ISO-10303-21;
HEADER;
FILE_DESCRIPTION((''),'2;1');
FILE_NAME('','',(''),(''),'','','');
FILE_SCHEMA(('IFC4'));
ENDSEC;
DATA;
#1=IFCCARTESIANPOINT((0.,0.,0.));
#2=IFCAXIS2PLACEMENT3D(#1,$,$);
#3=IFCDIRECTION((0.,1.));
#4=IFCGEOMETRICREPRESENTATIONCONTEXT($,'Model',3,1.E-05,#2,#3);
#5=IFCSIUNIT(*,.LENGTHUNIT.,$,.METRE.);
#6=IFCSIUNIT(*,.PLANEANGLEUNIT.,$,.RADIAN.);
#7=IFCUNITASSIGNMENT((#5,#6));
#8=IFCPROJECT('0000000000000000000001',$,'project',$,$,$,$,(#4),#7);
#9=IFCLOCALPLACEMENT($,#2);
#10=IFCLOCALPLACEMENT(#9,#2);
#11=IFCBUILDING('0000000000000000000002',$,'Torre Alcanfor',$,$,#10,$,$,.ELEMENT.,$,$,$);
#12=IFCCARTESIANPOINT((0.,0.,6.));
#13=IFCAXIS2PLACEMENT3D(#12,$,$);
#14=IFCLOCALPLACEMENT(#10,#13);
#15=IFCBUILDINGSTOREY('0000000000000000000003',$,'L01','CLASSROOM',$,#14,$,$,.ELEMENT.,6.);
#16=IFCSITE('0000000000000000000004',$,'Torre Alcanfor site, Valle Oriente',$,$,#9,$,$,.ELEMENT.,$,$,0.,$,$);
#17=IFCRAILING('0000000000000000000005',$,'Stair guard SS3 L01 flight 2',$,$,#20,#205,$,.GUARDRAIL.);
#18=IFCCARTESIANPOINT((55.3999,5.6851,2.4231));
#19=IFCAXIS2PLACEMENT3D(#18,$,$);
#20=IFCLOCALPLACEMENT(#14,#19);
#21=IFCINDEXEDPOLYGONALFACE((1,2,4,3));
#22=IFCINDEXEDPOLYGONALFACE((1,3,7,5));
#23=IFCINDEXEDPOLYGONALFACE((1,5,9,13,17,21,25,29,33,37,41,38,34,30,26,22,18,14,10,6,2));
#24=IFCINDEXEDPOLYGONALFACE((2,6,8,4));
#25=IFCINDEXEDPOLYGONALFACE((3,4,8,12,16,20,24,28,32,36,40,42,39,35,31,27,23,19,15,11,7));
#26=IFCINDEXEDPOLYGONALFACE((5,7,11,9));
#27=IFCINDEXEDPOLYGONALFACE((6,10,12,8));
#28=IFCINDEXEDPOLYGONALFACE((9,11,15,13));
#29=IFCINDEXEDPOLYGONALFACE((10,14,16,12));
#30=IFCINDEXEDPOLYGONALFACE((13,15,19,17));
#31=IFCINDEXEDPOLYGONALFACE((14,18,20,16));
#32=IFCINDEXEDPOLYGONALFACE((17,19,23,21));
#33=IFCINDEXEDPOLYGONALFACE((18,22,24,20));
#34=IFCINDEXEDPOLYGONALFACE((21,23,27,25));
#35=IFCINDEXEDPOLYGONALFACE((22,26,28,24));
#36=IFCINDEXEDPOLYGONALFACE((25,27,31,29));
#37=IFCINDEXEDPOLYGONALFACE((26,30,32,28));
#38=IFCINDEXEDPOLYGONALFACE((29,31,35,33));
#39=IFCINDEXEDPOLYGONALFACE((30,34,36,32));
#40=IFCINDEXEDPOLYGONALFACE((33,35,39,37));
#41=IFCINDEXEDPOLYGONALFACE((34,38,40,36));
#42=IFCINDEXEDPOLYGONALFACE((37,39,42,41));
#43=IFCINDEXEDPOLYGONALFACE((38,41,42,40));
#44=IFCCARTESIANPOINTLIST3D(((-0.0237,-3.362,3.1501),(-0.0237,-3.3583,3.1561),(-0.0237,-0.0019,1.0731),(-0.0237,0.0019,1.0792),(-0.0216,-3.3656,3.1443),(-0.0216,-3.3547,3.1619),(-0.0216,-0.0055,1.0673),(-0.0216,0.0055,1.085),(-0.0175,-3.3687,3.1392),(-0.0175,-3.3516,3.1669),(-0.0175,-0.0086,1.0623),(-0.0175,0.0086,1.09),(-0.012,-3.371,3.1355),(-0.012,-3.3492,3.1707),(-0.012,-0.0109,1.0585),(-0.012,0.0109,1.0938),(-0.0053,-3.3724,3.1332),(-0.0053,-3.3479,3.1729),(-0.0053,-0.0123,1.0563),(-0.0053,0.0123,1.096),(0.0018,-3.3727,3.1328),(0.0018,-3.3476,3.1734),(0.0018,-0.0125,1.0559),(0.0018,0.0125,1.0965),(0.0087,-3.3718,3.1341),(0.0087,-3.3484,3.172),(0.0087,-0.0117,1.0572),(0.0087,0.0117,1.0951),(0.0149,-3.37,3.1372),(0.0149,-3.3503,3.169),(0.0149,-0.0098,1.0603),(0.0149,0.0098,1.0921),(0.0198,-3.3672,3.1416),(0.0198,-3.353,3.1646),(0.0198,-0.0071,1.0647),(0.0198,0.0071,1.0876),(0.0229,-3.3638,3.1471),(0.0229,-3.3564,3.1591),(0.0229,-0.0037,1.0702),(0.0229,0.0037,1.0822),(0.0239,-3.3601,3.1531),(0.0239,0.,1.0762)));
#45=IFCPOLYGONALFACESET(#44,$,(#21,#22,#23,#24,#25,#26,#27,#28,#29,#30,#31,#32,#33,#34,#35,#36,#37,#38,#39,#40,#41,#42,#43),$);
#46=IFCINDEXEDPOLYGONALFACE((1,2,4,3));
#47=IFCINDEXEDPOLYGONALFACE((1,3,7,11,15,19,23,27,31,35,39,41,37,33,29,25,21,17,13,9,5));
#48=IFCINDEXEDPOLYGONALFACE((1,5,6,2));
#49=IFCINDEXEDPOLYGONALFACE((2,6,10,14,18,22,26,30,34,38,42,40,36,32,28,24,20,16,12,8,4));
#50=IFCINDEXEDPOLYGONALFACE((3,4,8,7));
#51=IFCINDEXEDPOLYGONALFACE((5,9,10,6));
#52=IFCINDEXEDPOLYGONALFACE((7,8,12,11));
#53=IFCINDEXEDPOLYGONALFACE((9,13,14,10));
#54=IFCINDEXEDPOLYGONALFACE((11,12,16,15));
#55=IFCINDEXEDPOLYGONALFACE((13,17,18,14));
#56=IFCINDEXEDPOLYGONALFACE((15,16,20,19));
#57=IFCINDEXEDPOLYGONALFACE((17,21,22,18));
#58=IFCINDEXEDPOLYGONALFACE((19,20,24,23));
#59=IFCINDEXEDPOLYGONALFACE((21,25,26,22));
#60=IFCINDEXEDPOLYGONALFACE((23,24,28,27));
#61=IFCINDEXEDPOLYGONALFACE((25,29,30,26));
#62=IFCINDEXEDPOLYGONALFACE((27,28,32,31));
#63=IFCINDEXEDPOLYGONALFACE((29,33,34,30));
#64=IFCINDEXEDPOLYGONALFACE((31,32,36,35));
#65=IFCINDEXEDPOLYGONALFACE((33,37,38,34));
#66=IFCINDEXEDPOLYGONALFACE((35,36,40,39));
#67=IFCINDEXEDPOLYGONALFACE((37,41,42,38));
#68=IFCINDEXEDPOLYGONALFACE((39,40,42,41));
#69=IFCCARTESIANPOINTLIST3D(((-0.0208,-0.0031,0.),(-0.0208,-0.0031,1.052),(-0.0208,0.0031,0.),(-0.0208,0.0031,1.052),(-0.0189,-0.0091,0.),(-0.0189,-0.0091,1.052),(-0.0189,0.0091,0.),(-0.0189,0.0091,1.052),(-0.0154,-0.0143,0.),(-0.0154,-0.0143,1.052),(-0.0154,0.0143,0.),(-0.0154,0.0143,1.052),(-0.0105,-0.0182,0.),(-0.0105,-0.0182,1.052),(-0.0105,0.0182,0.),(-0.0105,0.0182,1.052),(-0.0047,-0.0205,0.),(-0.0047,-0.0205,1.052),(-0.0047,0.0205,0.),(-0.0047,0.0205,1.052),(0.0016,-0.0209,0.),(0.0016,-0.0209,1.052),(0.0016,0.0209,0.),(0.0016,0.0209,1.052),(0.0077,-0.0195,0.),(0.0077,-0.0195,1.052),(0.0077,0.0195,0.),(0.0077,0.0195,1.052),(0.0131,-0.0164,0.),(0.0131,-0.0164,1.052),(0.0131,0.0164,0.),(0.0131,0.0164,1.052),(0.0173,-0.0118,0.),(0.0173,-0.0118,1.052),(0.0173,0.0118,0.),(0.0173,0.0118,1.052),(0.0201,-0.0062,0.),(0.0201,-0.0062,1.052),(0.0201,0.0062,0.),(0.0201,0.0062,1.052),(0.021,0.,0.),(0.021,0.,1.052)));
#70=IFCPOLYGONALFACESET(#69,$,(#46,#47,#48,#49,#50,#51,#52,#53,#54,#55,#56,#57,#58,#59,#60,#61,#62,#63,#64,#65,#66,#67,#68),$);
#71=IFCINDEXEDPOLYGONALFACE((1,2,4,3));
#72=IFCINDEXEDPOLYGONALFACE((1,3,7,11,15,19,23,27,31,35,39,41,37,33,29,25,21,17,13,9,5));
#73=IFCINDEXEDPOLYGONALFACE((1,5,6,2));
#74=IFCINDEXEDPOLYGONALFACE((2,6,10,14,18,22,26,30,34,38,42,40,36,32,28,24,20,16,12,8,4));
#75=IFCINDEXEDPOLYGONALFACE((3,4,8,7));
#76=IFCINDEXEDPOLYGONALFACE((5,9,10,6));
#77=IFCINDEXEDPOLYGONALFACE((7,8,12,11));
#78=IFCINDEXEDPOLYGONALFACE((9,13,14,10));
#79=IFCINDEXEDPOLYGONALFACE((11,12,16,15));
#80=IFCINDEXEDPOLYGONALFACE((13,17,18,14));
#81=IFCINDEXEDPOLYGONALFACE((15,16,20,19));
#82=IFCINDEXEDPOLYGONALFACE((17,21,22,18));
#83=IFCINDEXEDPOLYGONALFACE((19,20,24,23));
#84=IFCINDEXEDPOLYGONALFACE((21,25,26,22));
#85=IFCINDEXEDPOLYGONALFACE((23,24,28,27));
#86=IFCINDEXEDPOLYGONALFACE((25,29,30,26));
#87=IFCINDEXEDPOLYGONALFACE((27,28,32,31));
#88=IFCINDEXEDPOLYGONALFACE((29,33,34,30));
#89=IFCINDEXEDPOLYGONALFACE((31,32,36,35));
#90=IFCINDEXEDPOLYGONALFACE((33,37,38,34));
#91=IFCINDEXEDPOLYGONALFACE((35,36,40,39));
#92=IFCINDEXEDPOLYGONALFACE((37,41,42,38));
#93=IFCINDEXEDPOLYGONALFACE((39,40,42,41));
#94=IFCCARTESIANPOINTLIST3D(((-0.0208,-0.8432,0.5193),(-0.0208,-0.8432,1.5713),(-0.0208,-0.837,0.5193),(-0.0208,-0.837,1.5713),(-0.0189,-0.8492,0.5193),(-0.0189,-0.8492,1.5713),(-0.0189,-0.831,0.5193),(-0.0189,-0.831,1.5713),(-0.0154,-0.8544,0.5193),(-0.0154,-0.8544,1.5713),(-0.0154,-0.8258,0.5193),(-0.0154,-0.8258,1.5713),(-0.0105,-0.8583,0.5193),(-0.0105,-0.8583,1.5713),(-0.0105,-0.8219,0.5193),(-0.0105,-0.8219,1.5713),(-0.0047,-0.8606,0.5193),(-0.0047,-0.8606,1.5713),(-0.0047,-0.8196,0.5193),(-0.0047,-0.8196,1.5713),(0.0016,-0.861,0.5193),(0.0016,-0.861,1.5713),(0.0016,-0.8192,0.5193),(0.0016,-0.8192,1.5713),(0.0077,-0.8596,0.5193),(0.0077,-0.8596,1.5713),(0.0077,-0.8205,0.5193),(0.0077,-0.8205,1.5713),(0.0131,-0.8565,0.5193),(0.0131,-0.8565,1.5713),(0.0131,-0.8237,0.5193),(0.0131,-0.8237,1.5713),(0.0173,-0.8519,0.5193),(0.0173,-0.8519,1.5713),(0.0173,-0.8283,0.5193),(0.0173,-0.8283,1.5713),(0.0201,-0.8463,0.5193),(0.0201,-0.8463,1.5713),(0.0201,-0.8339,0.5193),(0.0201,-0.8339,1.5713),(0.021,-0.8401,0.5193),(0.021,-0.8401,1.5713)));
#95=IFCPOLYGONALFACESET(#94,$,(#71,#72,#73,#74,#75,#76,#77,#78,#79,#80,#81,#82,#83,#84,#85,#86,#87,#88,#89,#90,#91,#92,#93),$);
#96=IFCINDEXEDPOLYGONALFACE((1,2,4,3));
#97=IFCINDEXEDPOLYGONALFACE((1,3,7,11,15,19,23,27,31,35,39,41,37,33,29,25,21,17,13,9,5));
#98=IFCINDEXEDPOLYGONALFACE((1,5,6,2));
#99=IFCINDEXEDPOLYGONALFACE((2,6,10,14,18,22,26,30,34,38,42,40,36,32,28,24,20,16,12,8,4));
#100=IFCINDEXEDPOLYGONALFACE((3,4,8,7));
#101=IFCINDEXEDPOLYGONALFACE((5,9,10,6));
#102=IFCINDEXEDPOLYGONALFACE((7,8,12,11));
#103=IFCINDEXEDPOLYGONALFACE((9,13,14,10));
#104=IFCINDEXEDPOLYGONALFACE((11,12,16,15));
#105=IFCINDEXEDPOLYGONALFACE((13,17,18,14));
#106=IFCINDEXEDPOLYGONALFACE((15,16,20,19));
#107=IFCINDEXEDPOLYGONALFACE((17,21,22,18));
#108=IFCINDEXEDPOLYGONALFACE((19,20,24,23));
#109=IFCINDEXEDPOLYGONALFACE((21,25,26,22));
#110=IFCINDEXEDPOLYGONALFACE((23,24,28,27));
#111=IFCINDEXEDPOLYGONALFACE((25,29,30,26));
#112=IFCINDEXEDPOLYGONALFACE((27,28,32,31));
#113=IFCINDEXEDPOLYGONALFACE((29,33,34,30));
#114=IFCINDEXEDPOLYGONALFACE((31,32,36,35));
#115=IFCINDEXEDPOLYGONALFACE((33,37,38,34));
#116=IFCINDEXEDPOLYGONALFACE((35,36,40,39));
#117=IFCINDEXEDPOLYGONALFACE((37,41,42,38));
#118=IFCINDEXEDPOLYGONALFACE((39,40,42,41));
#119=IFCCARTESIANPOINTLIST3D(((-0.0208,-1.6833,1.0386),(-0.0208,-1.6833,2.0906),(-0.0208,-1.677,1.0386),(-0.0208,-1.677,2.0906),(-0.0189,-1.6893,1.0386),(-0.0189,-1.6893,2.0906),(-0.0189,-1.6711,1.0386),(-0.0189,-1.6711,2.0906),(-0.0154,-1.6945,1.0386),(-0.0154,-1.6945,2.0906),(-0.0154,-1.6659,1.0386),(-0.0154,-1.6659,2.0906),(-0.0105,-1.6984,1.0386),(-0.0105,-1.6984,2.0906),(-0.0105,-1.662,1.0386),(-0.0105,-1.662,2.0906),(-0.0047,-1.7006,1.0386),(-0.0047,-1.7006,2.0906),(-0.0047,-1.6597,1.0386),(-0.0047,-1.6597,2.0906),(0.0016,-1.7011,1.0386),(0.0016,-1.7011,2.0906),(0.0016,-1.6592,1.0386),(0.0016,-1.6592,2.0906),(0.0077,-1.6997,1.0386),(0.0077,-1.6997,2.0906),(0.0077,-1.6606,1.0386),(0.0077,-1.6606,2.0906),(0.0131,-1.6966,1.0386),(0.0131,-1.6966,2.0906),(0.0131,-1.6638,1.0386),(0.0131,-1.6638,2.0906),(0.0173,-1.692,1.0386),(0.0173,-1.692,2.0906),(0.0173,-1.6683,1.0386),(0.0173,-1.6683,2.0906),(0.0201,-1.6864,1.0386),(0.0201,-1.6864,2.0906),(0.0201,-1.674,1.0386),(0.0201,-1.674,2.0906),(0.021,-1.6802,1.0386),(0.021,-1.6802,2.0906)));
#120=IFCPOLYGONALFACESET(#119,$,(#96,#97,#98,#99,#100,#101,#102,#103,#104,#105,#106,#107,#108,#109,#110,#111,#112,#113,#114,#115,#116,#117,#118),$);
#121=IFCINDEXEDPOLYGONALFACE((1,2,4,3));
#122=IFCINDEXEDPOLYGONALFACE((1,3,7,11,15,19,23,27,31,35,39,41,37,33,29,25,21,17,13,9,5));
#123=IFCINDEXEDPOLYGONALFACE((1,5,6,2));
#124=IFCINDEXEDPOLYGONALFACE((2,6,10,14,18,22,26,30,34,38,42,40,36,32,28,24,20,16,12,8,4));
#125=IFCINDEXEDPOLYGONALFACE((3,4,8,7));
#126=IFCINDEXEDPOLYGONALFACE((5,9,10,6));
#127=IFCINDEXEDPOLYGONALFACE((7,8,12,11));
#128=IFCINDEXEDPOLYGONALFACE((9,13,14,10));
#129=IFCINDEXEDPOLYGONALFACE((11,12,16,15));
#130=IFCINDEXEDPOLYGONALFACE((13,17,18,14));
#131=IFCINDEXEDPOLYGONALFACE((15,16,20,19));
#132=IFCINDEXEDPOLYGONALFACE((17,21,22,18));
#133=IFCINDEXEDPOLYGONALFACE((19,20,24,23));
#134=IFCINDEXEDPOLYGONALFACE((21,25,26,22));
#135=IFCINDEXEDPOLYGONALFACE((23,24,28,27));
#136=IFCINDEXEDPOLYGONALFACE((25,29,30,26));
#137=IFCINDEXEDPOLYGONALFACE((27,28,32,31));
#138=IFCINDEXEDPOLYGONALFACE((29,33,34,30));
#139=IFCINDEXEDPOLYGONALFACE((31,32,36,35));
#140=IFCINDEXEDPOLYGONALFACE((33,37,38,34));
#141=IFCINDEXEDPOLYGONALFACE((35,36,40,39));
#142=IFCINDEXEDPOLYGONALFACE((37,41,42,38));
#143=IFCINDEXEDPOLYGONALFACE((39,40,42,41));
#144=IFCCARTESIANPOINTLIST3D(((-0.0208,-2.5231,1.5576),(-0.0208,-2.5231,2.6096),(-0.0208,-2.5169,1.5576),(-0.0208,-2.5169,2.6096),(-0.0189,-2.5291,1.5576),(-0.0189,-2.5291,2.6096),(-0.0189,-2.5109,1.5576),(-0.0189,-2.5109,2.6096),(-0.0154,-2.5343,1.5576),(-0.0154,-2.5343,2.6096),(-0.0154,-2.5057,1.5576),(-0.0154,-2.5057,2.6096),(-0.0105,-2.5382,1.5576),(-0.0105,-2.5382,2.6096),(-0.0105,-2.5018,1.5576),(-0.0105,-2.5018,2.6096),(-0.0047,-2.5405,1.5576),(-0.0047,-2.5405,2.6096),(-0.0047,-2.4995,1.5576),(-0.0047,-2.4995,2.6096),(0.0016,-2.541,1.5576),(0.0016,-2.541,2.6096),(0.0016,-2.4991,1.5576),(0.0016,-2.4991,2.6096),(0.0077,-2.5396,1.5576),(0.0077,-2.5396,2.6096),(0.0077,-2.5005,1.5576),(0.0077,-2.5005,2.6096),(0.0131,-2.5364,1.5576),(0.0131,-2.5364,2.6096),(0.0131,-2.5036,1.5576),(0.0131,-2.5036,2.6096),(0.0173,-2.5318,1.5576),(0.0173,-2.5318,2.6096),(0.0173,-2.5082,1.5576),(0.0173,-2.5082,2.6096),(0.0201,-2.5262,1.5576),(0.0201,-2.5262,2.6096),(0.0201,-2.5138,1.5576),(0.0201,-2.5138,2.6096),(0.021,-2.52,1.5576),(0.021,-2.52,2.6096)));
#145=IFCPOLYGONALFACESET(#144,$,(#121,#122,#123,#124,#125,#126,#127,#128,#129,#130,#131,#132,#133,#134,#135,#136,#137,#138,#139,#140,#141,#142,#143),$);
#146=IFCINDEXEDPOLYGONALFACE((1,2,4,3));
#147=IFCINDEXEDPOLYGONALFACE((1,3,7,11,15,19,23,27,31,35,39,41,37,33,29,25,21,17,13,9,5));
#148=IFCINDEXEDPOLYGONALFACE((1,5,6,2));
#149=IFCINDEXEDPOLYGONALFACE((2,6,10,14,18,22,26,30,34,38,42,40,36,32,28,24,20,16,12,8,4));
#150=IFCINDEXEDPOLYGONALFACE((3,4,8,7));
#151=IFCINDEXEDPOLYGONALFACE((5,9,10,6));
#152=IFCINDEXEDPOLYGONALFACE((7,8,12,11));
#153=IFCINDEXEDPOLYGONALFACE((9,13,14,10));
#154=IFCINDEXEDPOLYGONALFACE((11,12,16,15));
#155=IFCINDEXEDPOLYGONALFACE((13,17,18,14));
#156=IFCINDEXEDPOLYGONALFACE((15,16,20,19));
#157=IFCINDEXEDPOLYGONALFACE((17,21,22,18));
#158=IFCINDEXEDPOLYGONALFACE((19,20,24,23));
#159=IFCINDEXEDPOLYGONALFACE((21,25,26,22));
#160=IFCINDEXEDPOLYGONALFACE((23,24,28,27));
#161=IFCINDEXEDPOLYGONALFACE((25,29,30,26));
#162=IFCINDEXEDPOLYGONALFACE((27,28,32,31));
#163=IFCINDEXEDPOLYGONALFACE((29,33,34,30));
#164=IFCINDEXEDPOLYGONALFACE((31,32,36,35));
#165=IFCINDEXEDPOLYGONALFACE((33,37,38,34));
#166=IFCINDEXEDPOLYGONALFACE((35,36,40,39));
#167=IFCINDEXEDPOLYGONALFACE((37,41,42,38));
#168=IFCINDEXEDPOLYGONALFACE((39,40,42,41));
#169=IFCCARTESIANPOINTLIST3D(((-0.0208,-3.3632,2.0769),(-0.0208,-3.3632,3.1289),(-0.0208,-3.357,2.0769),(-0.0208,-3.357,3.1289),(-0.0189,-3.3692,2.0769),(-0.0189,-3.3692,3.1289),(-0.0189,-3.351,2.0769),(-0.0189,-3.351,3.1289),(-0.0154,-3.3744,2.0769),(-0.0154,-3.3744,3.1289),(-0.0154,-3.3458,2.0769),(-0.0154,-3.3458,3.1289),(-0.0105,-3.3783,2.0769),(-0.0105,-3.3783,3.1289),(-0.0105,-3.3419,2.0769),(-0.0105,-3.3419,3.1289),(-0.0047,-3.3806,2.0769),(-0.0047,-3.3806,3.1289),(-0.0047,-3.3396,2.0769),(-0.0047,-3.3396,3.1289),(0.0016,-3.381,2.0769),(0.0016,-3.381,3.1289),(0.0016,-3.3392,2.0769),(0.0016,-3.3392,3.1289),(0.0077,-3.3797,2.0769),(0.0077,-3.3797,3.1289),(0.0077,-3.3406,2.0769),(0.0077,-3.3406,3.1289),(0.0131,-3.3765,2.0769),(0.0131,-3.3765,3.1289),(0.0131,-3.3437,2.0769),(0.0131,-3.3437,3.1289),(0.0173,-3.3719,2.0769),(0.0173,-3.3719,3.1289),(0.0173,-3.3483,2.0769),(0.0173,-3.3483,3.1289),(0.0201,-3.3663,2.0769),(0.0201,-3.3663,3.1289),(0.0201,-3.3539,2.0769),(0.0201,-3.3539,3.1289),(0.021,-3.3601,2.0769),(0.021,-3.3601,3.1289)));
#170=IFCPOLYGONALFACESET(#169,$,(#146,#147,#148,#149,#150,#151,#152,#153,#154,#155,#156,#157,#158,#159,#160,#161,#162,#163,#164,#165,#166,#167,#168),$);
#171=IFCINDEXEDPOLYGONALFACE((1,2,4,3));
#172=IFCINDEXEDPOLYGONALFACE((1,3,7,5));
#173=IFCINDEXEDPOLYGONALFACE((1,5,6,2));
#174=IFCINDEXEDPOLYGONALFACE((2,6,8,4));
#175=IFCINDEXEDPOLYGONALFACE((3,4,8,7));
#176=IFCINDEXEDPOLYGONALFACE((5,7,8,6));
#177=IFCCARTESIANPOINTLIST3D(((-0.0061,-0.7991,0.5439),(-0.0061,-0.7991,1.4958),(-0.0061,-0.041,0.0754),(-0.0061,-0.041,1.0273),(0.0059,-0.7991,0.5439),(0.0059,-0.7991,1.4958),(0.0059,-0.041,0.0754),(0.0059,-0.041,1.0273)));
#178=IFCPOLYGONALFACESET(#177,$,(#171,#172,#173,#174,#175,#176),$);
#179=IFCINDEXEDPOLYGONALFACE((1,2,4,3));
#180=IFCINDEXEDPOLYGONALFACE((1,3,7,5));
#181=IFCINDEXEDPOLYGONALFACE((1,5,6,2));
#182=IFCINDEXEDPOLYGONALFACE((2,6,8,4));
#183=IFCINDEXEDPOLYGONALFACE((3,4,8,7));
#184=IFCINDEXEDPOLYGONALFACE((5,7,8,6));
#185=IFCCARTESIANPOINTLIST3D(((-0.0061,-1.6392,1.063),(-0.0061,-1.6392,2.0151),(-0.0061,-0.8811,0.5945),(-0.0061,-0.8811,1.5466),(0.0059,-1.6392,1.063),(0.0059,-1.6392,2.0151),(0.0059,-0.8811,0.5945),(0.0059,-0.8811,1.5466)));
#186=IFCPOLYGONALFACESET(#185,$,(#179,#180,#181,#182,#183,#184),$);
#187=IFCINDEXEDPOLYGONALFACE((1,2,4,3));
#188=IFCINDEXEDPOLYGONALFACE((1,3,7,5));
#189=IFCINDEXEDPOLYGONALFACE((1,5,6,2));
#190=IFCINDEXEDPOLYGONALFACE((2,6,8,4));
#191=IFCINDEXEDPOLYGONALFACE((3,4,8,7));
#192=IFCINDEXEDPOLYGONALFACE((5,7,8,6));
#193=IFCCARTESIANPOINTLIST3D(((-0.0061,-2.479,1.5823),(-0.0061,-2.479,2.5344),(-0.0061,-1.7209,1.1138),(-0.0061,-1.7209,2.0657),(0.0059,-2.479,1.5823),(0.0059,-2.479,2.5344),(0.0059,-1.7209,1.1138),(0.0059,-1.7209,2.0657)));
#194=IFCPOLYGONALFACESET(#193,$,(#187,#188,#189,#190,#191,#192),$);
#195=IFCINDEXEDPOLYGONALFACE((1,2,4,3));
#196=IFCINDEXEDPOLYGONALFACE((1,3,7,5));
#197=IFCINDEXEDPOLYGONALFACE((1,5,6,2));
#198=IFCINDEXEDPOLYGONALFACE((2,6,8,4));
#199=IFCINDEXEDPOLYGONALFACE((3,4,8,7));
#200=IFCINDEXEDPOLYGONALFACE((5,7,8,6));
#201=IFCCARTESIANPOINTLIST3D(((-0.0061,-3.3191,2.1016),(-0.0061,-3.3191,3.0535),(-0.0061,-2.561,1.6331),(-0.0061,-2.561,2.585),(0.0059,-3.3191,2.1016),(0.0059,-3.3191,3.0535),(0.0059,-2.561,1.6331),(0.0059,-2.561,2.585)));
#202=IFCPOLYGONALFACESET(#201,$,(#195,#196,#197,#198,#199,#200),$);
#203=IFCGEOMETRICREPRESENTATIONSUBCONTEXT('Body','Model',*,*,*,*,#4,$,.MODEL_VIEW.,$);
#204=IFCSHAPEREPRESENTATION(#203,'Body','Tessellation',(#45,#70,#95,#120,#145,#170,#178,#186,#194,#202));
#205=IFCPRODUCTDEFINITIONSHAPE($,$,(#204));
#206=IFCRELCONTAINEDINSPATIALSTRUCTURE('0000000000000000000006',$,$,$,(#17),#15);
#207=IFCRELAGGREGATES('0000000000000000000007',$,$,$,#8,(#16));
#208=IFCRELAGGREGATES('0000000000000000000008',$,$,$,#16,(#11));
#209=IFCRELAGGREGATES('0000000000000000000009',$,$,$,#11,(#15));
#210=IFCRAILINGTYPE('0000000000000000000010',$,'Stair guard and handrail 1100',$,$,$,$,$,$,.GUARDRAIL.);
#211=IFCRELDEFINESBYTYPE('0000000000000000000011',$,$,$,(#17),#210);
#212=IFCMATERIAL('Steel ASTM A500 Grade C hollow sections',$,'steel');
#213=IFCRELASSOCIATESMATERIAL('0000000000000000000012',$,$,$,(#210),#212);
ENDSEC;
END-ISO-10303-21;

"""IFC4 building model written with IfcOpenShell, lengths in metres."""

from ifc_helpers import new_model, si_unit, direction, frame, origin, origin_2d, place, context, subcontext, project, spatial, polyline, circle, outline, extrude, material, type_object, element, save


model = new_model("IFC4")

# Units and contexts
model_context = context("Model", 3, precision=1e-05, world=origin(), true_north=direction((0.0, 1.0)))
body_context = subcontext(model_context, "Body", "Model", "MODEL_VIEW")
ifc_project = project(units=[si_unit("LENGTHUNIT", "METRE"), si_unit("PLANEANGLEUNIT", "RADIAN")], contexts=[model_context])

# Site, building, storey
site_placement = place(None, origin())
site = spatial("IfcSite", under=ifc_project, at=site_placement, Name="Torre Alcanfor site, Valle Oriente", CompositionType="ELEMENT", RefElevation=0.0)
building_placement = place(site_placement, origin())
building = spatial("IfcBuilding", under=site, at=building_placement, Name="Torre Alcanfor", CompositionType="ELEMENT")
storey_placement = place(building_placement, frame((0.0, 0.0, 6.0)))
storey = spatial("IfcBuildingStorey", under=building, at=storey_placement, Name="L01", Description="CLASSROOM", CompositionType="ELEMENT", Elevation=6.0)

# Railing
ifc_material_1 = material(Name="Steel ASTM A500 Grade C hollow sections", Category="steel")
railing_type_1 = type_object("IfcRailingType", Name="Stair guard and handrail 1100", PredefinedType="GUARDRAIL", material=ifc_material_1)
railing_1_placement = place(storey_placement, frame((55.3999, 5.6851, 2.4231)))
element("IfcRailing", 1, at=railing_1_placement, inside=storey, type_object=railing_type_1, Name="Stair guard SS3 L01 flight 2", PredefinedType="GUARDRAIL", context=body_context, shape_type="SweptSolid", body=[
    extrude(circle(Radius=0.0239, at=origin_2d()), frame((0.0, 0.0, 1.0762), z_axis=(0.0, -0.850623, 0.525776), x_axis=(1.0, 0.0, 0.0)), (0.0, 0.0, 1.0), 3.9502),
    extrude(circle(Radius=0.021, at=origin_2d()), origin(), (0.0, 0.0, 1.0), 1.052),
    extrude(circle(Radius=0.021, at=origin_2d()), frame((0.0, -0.8401, 0.5193)), (0.0, 0.0, 1.0), 1.052),
    extrude(circle(Radius=0.021, at=origin_2d()), frame((0.0, -1.6802, 1.0386)), (0.0, 0.0, 1.0), 1.052),
    extrude(circle(Radius=0.021, at=origin_2d()), frame((0.0, -2.52, 1.5576)), (0.0, 0.0, 1.0), 1.052),
    extrude(circle(Radius=0.021, at=origin_2d()), frame((0.0, -3.3601, 2.0769)), (0.0, 0.0, 1.0), 1.052),
    extrude(outline(polyline([(0.041, 0.0754), (0.7991, 0.5439), (0.7991, 1.4958), (0.041, 1.0273), (0.041, 0.0754)])), frame((0.0059, 0.0, 0.0), z_axis=(-1.0, 0.0, 0.0), x_axis=(0.0, -1.0, 0.0)), (0.0, 0.0, 1.0), 0.012),
    extrude(outline(polyline([(0.8811, 0.5945), (1.6392, 1.063), (1.6392, 2.0151), (0.8811, 1.5466), (0.8811, 0.5945)])), frame((0.0059, 0.0, 0.0), z_axis=(-1.0, 0.0, 0.0), x_axis=(0.0, -1.0, 0.0)), (0.0, 0.0, 1.0), 0.012),
    extrude(outline(polyline([(1.7209, 1.1138), (2.479, 1.5823), (2.479, 2.5344), (1.7209, 2.0657), (1.7209, 1.1138)])), frame((0.0059, 0.0, 0.0), z_axis=(-1.0, 0.0, 0.0), x_axis=(0.0, -1.0, 0.0)), (0.0, 0.0, 1.0), 0.012),
    extrude(outline(polyline([(2.561, 1.6331), (3.3191, 2.1016), (3.3191, 3.0535), (2.561, 2.585), (2.561, 1.6331)])), frame((0.0059, 0.0, 0.0), z_axis=(-1.0, 0.0, 0.0), x_axis=(0.0, -1.0, 0.0)), (0.0, 0.0, 1.0), 0.012),
])

save(model, "model.ifc")
